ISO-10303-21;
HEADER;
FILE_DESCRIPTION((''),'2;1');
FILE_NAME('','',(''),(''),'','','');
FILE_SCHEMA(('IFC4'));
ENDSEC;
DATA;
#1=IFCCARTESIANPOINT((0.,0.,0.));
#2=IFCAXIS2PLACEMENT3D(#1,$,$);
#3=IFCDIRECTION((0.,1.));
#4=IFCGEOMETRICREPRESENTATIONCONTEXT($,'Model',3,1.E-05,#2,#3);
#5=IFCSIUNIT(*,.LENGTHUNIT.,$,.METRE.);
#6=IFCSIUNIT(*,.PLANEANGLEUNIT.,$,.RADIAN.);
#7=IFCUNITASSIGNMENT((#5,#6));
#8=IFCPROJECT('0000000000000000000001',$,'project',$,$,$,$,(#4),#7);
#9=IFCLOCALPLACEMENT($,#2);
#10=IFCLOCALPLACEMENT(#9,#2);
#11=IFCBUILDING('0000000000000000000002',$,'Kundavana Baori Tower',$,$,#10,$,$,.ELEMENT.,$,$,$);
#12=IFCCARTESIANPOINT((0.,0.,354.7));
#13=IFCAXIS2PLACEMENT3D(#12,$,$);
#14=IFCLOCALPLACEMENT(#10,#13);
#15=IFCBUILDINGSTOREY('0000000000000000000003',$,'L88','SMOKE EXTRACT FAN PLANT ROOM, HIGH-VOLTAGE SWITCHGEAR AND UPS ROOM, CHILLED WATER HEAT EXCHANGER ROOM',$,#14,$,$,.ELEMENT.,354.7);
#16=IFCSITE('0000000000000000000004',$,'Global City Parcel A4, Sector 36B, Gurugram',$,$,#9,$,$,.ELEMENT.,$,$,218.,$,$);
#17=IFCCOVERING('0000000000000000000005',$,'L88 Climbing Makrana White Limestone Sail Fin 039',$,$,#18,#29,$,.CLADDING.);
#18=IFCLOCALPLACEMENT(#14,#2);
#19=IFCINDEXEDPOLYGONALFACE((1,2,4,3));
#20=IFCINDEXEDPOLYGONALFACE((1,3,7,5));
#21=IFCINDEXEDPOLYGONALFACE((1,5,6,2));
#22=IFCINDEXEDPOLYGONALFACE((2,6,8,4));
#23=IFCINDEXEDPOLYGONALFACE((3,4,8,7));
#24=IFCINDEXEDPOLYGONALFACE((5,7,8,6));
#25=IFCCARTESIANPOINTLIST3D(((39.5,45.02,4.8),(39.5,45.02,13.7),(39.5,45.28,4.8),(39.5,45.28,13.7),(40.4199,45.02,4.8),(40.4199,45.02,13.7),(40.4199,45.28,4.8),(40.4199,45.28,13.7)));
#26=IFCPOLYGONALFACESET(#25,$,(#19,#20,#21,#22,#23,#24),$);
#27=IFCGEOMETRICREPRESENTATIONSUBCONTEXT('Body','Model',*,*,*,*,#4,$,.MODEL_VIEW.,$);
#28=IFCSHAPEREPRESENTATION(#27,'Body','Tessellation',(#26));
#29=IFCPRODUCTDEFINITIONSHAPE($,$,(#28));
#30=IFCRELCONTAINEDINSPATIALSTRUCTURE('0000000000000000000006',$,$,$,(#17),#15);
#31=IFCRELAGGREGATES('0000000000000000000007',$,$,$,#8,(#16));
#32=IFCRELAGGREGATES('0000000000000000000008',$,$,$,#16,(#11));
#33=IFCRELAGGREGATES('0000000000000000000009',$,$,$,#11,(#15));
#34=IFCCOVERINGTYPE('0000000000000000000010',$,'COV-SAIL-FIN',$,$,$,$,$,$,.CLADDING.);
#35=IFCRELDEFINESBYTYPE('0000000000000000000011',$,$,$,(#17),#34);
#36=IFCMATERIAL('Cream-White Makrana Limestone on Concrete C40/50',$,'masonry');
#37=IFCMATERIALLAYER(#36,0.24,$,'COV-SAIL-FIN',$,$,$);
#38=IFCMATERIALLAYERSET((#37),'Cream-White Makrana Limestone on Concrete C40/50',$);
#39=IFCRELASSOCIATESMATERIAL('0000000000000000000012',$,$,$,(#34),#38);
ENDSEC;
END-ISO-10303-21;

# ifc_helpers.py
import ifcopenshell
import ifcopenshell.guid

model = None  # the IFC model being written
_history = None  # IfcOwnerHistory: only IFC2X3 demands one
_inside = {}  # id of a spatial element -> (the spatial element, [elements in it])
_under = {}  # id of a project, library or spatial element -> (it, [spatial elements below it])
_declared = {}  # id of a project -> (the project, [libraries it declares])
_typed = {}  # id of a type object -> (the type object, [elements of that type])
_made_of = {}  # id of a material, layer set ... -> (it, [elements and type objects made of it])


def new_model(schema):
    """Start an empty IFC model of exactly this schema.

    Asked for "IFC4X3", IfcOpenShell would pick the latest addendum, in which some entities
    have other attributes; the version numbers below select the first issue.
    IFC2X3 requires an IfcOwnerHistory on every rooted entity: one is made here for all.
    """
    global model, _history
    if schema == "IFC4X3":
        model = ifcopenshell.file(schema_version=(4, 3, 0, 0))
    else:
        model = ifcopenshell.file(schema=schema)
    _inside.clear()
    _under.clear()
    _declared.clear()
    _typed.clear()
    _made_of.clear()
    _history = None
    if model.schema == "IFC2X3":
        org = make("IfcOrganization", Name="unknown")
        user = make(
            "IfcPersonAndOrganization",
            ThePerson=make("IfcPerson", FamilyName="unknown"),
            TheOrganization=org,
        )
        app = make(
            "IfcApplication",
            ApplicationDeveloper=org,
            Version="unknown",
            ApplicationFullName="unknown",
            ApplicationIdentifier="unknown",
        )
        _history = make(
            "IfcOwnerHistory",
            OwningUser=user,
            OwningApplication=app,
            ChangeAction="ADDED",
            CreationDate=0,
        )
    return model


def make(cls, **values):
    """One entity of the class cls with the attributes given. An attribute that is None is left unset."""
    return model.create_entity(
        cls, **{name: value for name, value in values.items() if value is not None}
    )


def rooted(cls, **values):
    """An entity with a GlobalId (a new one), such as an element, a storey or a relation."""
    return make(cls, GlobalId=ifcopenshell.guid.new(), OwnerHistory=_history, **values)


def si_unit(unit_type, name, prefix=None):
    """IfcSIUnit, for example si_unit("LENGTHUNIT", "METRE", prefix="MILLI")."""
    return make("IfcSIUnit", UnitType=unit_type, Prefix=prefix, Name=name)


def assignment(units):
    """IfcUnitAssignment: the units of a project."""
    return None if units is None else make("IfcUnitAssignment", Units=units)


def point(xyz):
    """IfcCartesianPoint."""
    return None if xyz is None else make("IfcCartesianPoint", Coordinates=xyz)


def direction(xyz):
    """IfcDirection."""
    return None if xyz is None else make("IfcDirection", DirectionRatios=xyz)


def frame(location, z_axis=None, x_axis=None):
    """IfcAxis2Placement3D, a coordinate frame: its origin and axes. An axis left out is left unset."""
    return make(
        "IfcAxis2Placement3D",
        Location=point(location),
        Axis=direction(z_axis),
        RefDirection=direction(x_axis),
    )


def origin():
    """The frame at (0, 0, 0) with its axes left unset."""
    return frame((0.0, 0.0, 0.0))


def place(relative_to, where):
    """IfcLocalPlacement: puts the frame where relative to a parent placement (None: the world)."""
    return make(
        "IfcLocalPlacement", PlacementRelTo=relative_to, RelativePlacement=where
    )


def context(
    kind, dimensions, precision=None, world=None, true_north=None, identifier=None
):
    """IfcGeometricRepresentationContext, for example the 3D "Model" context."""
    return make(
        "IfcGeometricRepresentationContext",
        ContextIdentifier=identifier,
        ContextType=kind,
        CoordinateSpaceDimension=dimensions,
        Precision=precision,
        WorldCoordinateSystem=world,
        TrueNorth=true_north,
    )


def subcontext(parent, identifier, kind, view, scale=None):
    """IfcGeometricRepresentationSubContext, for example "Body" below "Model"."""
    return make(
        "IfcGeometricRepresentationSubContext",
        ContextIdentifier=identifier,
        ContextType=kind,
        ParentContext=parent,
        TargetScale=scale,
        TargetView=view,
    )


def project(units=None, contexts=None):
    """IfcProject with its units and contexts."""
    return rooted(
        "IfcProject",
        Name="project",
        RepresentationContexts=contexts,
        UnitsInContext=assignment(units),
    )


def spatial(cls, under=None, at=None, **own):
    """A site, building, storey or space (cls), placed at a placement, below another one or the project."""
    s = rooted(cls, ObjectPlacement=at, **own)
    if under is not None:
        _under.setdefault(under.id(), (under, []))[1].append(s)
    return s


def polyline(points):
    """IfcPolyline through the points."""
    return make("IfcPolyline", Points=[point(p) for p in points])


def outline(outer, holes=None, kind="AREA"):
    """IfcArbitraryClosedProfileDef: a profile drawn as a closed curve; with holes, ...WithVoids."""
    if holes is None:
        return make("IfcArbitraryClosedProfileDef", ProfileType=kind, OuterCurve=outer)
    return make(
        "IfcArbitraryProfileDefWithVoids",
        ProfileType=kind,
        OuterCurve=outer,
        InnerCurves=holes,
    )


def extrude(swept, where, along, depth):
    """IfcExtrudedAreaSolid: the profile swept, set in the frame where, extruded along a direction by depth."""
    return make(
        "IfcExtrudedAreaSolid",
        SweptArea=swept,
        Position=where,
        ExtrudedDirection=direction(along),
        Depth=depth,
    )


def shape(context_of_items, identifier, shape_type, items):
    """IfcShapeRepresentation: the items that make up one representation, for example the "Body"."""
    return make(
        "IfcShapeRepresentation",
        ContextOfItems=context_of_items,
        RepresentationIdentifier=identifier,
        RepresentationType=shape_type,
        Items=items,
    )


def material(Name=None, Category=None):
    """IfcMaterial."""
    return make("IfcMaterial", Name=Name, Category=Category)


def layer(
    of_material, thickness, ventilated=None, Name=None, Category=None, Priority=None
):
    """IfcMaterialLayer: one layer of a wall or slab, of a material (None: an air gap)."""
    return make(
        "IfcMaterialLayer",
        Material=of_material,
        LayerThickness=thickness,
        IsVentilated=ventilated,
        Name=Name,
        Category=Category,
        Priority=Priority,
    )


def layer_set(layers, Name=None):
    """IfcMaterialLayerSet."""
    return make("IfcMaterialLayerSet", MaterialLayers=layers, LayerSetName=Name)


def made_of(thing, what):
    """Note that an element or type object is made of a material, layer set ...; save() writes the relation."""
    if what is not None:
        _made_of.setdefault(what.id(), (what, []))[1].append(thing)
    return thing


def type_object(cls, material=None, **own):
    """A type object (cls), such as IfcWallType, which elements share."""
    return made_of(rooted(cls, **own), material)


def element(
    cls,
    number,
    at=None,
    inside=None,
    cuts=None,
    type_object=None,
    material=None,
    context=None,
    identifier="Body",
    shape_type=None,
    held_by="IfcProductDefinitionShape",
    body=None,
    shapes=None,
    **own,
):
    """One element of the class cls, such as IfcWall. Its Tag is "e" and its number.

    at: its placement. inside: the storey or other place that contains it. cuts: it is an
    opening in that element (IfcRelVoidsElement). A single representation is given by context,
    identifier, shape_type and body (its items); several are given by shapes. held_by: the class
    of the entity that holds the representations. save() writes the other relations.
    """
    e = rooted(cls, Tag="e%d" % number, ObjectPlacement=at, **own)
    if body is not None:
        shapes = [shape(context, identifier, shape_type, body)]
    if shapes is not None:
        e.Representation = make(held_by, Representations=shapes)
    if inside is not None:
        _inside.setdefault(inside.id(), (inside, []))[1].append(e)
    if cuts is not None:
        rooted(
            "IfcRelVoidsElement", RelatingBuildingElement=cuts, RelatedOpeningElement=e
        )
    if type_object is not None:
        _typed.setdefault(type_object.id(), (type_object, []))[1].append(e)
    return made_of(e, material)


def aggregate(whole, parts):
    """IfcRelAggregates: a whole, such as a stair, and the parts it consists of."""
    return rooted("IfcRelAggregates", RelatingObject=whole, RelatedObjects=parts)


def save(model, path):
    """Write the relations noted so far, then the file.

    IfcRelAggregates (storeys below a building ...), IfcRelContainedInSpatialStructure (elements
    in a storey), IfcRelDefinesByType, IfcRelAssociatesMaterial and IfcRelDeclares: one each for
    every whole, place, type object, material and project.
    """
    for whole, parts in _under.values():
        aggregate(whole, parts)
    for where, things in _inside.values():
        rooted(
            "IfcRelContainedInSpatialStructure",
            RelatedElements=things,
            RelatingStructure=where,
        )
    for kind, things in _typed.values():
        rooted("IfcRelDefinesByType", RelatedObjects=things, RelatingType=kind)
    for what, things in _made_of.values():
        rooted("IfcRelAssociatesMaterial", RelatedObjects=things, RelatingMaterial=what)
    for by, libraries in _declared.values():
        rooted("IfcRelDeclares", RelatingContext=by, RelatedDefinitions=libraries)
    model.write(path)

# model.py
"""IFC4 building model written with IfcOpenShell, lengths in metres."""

from ifc_helpers import new_model, si_unit, direction, frame, origin, place, context, subcontext, project, spatial, polyline, outline, extrude, material, layer, layer_set, type_object, element, save


model = new_model("IFC4")

# Units and contexts
model_context = context("Model", 3, precision=1e-05, world=origin(), true_north=direction((0.0, 1.0)))
body_context = subcontext(model_context, "Body", "Model", "MODEL_VIEW")
ifc_project = project(units=[si_unit("LENGTHUNIT", "METRE"), si_unit("PLANEANGLEUNIT", "RADIAN")], contexts=[model_context])

# Site, building, storey
site_placement = place(None, origin())
site = spatial("IfcSite", under=ifc_project, at=site_placement, Name="Global City Parcel A4, Sector 36B, Gurugram", CompositionType="ELEMENT", RefElevation=218.0)
building_placement = place(site_placement, origin())
building = spatial("IfcBuilding", under=site, at=building_placement, Name="Kundavana Baori Tower", CompositionType="ELEMENT")
storey_placement = place(building_placement, frame((0.0, 0.0, 354.7)))
storey = spatial("IfcBuildingStorey", under=building, at=storey_placement, Name="L88", Description="SMOKE EXTRACT FAN PLANT ROOM, HIGH-VOLTAGE SWITCHGEAR AND UPS ROOM, CHILLED WATER HEAT EXCHANGER ROOM", CompositionType="ELEMENT", Elevation=354.7)

# Covering
ifc_material_1 = material(Name="Cream-White Makrana Limestone on Concrete C40/50", Category="masonry")
ifc_layer_1 = layer(ifc_material_1, 0.24, Name="COV-SAIL-FIN")
ifc_layer_set_1 = layer_set([ifc_layer_1], Name="Cream-White Makrana Limestone on Concrete C40/50")
covering_type = type_object("IfcCoveringType", Name="COV-SAIL-FIN", PredefinedType="CLADDING", material=ifc_layer_set_1)
covering_1_placement = place(storey_placement, frame((0.0, 0.0, 4.8)))
element("IfcCovering", 1, at=covering_1_placement, inside=storey, type_object=covering_type, Name="L88 Climbing Makrana White Limestone Sail Fin 039", PredefinedType="CLADDING", context=body_context, shape_type="SweptSolid", body=[
    extrude(outline(polyline([(39.5, 45.02), (40.4199, 45.02), (40.4199, 45.28), (39.5, 45.28), (39.5, 45.02)])), origin(), (0.0, 0.0, 1.0), 8.8999),
])

save(model, "model.ifc")
